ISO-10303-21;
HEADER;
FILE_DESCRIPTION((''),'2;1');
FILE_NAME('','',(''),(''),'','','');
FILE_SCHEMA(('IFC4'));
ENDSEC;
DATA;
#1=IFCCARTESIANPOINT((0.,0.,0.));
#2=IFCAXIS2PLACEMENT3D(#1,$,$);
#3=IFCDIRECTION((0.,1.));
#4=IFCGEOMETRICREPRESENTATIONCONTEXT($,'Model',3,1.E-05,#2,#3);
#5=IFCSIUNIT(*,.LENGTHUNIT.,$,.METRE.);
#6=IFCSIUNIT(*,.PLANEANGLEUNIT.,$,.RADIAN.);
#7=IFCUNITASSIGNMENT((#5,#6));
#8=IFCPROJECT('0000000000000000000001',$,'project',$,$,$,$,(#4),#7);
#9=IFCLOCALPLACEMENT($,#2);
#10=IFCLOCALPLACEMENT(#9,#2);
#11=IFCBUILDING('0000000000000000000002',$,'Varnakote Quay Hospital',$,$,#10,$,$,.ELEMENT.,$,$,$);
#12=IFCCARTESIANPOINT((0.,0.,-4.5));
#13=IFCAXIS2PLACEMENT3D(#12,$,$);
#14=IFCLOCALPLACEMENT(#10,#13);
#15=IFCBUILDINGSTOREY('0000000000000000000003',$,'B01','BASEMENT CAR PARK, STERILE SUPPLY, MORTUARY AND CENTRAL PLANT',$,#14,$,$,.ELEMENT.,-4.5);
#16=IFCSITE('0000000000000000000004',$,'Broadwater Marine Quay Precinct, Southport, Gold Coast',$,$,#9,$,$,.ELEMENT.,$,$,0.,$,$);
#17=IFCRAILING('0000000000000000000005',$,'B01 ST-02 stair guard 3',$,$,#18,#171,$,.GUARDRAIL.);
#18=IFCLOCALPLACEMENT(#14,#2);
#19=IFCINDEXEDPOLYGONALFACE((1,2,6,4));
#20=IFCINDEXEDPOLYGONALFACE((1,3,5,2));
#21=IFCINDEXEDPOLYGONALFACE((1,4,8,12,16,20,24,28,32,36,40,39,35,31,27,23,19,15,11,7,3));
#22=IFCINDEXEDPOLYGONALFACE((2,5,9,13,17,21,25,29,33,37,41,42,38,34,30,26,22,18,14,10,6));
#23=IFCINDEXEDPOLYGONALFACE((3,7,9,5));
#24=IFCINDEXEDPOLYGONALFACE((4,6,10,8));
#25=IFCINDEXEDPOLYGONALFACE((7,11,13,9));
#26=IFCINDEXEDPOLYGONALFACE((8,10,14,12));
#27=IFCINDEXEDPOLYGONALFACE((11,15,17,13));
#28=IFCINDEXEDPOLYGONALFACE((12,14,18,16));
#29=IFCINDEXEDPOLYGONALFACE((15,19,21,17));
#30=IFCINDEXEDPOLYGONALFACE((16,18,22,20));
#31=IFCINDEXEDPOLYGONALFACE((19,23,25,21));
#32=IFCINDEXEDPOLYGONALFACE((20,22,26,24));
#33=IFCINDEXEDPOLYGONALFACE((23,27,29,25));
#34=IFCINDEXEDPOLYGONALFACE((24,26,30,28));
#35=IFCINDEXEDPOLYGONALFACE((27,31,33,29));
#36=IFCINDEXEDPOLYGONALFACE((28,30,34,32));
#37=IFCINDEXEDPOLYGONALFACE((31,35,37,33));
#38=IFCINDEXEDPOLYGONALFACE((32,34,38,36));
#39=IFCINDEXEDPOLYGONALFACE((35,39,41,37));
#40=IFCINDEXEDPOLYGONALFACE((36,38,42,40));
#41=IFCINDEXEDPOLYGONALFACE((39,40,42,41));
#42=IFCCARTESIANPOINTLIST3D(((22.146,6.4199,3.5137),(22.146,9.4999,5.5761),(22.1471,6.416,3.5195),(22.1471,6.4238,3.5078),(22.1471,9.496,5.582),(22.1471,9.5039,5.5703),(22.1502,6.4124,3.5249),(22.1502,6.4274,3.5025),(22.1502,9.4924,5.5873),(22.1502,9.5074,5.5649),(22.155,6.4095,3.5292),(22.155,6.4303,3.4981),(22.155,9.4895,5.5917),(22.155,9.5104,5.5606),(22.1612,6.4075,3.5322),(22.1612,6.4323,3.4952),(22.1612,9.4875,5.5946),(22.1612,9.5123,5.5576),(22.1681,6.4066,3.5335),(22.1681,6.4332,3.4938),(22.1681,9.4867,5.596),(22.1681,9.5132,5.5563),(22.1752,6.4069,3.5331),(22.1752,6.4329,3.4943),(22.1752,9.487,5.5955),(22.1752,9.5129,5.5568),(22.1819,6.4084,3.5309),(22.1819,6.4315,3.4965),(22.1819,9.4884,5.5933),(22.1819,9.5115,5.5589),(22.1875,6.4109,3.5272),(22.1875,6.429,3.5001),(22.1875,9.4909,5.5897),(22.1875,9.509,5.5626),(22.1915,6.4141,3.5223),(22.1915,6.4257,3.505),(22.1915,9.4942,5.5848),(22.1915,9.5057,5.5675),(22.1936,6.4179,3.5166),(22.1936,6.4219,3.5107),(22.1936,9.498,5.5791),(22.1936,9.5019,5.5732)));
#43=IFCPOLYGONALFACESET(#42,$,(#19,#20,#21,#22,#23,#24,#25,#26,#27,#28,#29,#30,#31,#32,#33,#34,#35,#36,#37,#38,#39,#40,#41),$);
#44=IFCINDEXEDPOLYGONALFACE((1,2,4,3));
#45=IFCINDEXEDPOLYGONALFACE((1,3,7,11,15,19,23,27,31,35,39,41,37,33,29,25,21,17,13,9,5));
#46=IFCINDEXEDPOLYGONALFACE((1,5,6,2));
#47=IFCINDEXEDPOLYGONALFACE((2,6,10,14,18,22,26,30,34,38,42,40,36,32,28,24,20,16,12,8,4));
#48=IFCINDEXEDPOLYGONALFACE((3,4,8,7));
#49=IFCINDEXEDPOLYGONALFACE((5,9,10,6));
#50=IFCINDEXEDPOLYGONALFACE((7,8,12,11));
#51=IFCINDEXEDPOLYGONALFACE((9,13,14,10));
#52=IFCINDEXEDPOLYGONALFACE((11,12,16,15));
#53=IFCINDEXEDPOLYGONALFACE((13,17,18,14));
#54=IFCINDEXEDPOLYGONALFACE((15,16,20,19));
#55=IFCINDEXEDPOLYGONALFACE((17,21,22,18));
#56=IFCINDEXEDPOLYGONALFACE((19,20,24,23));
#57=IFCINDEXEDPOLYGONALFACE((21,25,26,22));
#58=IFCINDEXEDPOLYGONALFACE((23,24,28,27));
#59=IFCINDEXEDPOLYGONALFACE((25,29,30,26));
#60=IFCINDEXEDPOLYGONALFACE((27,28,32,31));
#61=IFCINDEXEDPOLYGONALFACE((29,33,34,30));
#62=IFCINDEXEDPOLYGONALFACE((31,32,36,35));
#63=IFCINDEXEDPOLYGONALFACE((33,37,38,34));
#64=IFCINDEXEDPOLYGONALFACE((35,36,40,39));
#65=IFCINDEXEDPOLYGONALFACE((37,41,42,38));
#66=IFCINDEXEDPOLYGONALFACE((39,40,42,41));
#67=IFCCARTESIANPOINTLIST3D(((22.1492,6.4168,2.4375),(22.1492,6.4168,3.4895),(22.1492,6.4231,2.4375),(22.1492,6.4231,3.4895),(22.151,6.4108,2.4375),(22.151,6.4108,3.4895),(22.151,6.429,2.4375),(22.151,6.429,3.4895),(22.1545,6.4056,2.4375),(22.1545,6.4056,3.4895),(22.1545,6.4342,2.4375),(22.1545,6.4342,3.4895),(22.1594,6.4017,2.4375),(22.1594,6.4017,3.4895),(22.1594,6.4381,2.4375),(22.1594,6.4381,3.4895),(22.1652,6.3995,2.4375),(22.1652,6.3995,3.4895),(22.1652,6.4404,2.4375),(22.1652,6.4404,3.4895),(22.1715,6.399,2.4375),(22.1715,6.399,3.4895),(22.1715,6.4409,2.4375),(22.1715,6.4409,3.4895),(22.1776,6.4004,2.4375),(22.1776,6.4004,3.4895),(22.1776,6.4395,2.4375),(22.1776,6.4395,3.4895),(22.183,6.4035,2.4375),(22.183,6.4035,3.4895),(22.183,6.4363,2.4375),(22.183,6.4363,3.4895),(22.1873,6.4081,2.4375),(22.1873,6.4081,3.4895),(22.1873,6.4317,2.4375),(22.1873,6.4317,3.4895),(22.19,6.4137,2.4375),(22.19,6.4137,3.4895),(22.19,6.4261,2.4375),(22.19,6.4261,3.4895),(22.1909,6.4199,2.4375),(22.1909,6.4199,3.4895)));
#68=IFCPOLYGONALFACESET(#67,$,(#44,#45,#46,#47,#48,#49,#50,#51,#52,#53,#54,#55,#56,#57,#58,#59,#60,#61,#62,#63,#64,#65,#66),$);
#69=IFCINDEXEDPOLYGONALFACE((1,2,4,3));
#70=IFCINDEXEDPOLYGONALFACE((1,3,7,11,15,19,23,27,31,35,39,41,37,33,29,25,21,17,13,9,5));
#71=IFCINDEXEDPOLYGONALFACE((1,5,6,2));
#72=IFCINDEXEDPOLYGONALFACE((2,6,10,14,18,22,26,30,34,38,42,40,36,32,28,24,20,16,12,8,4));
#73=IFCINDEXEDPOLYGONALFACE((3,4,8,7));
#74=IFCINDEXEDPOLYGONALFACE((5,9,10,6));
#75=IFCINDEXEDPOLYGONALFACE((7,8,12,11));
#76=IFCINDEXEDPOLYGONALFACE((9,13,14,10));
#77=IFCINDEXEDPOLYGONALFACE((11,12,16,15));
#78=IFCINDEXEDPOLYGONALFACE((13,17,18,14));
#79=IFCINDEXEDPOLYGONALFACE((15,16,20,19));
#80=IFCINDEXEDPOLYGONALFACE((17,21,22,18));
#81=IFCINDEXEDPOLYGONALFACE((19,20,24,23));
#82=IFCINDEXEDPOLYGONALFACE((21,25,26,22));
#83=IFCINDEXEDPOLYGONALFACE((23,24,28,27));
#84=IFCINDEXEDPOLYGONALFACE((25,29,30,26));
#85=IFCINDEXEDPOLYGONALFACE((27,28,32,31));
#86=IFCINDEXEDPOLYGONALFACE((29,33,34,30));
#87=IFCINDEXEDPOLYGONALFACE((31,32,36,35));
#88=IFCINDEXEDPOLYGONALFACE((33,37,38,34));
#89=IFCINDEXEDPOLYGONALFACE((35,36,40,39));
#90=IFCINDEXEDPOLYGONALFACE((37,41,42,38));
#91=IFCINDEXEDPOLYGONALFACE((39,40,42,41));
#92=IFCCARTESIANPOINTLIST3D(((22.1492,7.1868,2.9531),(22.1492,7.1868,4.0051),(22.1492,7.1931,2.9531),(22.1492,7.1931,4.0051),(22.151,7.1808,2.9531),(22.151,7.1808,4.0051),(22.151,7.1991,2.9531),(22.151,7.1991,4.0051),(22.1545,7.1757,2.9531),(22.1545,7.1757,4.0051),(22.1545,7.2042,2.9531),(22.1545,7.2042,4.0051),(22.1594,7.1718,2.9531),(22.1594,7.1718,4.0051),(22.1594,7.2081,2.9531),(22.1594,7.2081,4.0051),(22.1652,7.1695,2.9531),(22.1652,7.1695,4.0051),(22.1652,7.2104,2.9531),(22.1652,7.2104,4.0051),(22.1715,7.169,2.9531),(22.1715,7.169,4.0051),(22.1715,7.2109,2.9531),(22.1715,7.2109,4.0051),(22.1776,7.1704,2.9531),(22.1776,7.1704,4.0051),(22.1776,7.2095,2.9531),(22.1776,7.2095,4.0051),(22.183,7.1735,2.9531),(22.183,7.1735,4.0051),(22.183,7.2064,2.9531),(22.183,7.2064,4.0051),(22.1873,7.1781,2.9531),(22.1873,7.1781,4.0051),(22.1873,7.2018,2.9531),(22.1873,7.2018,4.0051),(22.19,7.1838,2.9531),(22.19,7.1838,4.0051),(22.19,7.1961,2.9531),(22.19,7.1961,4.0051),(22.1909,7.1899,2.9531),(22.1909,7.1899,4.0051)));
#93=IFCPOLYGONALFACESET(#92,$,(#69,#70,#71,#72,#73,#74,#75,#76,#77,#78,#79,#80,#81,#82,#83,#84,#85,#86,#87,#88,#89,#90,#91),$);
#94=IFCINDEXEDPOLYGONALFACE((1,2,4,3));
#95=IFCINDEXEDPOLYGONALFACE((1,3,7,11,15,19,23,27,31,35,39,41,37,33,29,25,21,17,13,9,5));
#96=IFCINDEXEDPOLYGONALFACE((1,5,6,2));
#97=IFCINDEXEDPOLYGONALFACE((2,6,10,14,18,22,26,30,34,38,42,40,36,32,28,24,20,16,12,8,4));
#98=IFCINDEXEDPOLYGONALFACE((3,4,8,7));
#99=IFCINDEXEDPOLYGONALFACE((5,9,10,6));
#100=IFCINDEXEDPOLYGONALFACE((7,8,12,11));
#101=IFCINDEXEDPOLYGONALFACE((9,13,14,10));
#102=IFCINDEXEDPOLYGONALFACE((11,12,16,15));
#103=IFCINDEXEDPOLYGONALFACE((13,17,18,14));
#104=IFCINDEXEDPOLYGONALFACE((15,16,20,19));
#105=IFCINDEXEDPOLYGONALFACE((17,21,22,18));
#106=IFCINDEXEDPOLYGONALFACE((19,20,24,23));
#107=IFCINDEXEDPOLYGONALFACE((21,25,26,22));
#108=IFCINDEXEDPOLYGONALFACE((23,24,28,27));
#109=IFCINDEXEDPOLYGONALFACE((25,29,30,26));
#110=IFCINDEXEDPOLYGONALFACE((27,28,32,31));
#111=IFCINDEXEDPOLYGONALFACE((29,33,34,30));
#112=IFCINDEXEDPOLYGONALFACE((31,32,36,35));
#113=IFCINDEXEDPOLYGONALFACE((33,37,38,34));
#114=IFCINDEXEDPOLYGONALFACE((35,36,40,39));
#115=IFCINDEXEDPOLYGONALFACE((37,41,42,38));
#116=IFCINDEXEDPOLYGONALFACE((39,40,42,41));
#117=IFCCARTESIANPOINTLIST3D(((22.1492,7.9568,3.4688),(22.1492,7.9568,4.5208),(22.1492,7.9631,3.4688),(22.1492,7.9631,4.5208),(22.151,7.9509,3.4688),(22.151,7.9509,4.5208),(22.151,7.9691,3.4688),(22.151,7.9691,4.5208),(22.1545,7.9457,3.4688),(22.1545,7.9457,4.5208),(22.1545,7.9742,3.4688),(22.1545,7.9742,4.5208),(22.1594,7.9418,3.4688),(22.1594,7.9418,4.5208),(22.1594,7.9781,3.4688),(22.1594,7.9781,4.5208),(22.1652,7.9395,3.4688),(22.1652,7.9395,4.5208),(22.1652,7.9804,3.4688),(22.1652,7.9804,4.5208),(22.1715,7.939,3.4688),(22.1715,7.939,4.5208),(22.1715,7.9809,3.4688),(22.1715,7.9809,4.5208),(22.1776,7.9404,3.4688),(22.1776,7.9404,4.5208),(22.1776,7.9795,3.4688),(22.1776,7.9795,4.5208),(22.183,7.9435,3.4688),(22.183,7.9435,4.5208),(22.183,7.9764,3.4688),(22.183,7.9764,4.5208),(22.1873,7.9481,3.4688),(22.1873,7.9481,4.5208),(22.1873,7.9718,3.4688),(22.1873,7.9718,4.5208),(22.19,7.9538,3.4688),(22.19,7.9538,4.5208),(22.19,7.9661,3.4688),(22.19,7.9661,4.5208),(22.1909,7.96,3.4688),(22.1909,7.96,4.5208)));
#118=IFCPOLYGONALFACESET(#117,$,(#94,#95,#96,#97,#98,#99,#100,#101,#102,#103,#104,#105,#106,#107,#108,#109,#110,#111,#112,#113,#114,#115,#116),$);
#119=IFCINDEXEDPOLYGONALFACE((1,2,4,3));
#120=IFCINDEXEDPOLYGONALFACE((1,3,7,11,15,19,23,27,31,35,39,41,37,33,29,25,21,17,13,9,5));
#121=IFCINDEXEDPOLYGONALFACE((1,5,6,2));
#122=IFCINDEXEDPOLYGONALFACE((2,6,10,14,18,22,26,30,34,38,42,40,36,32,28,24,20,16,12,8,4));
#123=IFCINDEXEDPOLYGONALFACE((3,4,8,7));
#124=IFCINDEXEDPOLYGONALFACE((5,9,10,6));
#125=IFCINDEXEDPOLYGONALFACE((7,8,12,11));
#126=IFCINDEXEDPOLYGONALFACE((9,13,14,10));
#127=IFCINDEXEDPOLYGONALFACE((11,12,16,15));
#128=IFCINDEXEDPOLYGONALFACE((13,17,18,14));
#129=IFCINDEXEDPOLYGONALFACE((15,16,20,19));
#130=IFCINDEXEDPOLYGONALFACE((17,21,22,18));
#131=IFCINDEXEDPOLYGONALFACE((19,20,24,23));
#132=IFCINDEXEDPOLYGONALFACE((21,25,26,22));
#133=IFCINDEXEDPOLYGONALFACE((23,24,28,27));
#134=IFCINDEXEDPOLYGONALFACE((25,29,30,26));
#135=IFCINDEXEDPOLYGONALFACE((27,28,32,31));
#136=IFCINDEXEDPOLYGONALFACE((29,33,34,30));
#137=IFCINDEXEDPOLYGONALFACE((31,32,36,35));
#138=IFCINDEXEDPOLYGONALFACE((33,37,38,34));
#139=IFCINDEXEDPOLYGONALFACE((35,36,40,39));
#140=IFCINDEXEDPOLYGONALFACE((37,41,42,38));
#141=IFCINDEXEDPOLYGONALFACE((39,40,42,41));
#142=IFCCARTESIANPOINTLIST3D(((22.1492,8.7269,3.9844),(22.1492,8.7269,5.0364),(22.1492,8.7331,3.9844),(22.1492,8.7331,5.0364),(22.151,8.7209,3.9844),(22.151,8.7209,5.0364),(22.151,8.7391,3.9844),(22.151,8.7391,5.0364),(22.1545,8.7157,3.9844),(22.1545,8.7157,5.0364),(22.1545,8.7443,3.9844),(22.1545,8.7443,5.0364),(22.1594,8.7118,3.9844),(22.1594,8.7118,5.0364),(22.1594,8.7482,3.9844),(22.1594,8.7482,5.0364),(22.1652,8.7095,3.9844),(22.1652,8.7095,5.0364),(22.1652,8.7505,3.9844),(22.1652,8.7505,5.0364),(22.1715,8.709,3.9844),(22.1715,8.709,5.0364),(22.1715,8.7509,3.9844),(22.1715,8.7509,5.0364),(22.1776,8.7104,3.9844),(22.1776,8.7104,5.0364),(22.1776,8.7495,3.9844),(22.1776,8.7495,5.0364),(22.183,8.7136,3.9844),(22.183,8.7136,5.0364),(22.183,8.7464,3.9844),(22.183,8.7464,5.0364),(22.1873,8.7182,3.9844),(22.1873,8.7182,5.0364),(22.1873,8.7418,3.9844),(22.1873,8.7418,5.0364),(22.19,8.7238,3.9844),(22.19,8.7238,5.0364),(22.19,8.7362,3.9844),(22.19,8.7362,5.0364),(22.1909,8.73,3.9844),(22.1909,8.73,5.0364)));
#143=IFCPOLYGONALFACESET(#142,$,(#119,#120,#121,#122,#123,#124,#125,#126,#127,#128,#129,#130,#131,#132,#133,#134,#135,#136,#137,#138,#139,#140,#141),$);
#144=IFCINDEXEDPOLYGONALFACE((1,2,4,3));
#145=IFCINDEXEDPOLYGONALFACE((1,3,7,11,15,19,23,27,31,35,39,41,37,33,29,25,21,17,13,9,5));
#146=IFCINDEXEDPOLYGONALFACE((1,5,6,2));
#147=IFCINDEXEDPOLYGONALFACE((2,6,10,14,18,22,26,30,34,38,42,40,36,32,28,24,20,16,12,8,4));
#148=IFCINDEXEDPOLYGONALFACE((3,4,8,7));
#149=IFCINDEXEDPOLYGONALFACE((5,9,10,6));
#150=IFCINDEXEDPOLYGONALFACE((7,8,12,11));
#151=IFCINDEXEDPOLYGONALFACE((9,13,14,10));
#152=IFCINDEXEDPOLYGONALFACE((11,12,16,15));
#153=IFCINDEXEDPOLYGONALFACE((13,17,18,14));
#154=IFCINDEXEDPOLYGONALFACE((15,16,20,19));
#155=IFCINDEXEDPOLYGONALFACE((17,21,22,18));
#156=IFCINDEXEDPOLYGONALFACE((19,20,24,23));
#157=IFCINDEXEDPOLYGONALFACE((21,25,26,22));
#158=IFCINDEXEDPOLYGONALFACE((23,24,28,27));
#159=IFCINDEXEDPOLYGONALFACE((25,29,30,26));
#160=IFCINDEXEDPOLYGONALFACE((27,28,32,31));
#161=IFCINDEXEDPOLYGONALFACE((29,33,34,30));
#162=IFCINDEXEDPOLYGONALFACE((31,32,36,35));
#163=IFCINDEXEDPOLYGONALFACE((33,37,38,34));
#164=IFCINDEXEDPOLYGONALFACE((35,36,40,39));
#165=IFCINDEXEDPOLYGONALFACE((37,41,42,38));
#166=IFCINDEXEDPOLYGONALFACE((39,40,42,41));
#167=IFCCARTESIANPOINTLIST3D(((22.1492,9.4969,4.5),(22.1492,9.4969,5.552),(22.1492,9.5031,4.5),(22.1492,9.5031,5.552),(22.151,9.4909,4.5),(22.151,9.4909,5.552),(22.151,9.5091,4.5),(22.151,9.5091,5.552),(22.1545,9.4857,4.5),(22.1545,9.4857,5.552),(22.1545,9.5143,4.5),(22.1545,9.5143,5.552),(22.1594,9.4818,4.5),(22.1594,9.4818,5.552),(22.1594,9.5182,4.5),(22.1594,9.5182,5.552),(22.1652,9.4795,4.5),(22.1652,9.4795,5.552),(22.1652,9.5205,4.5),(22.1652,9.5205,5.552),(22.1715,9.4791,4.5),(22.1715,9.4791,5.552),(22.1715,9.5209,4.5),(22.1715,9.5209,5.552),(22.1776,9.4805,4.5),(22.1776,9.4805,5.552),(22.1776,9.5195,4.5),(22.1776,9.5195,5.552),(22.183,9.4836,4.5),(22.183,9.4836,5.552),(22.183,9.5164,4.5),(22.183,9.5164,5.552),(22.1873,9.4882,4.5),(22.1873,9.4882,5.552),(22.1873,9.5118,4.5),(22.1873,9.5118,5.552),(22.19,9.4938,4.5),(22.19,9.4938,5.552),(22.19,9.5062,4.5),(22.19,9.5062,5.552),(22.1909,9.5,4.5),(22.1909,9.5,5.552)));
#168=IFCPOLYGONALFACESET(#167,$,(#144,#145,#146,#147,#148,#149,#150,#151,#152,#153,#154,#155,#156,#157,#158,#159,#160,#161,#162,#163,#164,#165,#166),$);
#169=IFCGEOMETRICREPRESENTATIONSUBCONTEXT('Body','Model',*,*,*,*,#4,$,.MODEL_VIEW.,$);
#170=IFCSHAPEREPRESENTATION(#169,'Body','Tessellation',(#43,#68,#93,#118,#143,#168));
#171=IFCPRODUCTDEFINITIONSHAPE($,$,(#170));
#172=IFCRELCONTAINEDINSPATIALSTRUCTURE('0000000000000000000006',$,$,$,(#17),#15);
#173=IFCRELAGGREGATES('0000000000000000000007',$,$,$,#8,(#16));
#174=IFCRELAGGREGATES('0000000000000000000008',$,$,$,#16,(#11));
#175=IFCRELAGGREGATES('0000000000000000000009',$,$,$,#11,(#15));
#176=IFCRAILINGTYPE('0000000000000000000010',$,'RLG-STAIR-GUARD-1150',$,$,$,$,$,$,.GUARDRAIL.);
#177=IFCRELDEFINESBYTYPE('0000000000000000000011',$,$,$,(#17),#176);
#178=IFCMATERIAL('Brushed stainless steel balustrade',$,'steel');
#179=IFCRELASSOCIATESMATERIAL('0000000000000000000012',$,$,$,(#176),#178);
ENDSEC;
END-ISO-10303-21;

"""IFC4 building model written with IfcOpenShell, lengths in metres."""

from ifc_helpers import new_model, si_unit, direction, frame, origin, origin_2d, place, context, subcontext, project, spatial, circle, extrude, material, type_object, element, save


model = new_model("IFC4")

# Units and contexts
model_context = context("Model", 3, precision=1e-05, world=origin(), true_north=direction((0.0, 1.0)))
body_context = subcontext(model_context, "Body", "Model", "MODEL_VIEW")
ifc_project = project(units=[si_unit("LENGTHUNIT", "METRE"), si_unit("PLANEANGLEUNIT", "RADIAN")], contexts=[model_context])

# Site, building, storey
site_placement = place(None, origin())
site = spatial("IfcSite", under=ifc_project, at=site_placement, Name="Broadwater Marine Quay Precinct, Southport, Gold Coast", CompositionType="ELEMENT", RefElevation=0.0)
building_placement = place(site_placement, origin())
building = spatial("IfcBuilding", under=site, at=building_placement, Name="Varnakote Quay Hospital", CompositionType="ELEMENT")
storey_placement = place(building_placement, frame((0.0, 0.0, -4.5)))
storey = spatial("IfcBuildingStorey", under=building, at=storey_placement, Name="B01", Description="BASEMENT CAR PARK, STERILE SUPPLY, MORTUARY AND CENTRAL PLANT", CompositionType="ELEMENT", Elevation=-4.5)

# Railing
ifc_material_1 = material(Name="Brushed stainless steel balustrade", Category="steel")
railing_type_1 = type_object("IfcRailingType", Name="RLG-STAIR-GUARD-1150", PredefinedType="GUARDRAIL", material=ifc_material_1)
railing_1_placement = place(storey_placement, frame((22.1699, 6.4199, 2.4375)))
element("IfcRailing", 1, at=railing_1_placement, inside=storey, type_object=railing_type_1, Name="B01 ST-02 stair guard 3", PredefinedType="GUARDRAIL", context=body_context, shape_type="SweptSolid", body=[
    extrude(circle(Radius=0.0239, at=origin_2d()), frame((0.0, 0.0, 1.0762), z_axis=(0.0, 0.830914, 0.556401), x_axis=(-1.0, 0.0, 0.0)), (0.0, 0.0, 1.0), 3.7068),
    extrude(circle(Radius=0.021, at=origin_2d()), origin(), (0.0, 0.0, 1.0), 1.052),
    extrude(circle(Radius=0.021, at=origin_2d()), frame((0.0, 0.77, 0.5156)), (0.0, 0.0, 1.0), 1.052),
    extrude(circle(Radius=0.021, at=origin_2d()), frame((0.0, 1.54, 1.0312)), (0.0, 0.0, 1.0), 1.052),
    extrude(circle(Radius=0.021, at=origin_2d()), frame((0.0, 2.3101, 1.5469)), (0.0, 0.0, 1.0), 1.052),
    extrude(circle(Radius=0.021, at=origin_2d()), frame((0.0, 3.0801, 2.0625)), (0.0, 0.0, 1.0), 1.052),
])

save(model, "model.ifc")
